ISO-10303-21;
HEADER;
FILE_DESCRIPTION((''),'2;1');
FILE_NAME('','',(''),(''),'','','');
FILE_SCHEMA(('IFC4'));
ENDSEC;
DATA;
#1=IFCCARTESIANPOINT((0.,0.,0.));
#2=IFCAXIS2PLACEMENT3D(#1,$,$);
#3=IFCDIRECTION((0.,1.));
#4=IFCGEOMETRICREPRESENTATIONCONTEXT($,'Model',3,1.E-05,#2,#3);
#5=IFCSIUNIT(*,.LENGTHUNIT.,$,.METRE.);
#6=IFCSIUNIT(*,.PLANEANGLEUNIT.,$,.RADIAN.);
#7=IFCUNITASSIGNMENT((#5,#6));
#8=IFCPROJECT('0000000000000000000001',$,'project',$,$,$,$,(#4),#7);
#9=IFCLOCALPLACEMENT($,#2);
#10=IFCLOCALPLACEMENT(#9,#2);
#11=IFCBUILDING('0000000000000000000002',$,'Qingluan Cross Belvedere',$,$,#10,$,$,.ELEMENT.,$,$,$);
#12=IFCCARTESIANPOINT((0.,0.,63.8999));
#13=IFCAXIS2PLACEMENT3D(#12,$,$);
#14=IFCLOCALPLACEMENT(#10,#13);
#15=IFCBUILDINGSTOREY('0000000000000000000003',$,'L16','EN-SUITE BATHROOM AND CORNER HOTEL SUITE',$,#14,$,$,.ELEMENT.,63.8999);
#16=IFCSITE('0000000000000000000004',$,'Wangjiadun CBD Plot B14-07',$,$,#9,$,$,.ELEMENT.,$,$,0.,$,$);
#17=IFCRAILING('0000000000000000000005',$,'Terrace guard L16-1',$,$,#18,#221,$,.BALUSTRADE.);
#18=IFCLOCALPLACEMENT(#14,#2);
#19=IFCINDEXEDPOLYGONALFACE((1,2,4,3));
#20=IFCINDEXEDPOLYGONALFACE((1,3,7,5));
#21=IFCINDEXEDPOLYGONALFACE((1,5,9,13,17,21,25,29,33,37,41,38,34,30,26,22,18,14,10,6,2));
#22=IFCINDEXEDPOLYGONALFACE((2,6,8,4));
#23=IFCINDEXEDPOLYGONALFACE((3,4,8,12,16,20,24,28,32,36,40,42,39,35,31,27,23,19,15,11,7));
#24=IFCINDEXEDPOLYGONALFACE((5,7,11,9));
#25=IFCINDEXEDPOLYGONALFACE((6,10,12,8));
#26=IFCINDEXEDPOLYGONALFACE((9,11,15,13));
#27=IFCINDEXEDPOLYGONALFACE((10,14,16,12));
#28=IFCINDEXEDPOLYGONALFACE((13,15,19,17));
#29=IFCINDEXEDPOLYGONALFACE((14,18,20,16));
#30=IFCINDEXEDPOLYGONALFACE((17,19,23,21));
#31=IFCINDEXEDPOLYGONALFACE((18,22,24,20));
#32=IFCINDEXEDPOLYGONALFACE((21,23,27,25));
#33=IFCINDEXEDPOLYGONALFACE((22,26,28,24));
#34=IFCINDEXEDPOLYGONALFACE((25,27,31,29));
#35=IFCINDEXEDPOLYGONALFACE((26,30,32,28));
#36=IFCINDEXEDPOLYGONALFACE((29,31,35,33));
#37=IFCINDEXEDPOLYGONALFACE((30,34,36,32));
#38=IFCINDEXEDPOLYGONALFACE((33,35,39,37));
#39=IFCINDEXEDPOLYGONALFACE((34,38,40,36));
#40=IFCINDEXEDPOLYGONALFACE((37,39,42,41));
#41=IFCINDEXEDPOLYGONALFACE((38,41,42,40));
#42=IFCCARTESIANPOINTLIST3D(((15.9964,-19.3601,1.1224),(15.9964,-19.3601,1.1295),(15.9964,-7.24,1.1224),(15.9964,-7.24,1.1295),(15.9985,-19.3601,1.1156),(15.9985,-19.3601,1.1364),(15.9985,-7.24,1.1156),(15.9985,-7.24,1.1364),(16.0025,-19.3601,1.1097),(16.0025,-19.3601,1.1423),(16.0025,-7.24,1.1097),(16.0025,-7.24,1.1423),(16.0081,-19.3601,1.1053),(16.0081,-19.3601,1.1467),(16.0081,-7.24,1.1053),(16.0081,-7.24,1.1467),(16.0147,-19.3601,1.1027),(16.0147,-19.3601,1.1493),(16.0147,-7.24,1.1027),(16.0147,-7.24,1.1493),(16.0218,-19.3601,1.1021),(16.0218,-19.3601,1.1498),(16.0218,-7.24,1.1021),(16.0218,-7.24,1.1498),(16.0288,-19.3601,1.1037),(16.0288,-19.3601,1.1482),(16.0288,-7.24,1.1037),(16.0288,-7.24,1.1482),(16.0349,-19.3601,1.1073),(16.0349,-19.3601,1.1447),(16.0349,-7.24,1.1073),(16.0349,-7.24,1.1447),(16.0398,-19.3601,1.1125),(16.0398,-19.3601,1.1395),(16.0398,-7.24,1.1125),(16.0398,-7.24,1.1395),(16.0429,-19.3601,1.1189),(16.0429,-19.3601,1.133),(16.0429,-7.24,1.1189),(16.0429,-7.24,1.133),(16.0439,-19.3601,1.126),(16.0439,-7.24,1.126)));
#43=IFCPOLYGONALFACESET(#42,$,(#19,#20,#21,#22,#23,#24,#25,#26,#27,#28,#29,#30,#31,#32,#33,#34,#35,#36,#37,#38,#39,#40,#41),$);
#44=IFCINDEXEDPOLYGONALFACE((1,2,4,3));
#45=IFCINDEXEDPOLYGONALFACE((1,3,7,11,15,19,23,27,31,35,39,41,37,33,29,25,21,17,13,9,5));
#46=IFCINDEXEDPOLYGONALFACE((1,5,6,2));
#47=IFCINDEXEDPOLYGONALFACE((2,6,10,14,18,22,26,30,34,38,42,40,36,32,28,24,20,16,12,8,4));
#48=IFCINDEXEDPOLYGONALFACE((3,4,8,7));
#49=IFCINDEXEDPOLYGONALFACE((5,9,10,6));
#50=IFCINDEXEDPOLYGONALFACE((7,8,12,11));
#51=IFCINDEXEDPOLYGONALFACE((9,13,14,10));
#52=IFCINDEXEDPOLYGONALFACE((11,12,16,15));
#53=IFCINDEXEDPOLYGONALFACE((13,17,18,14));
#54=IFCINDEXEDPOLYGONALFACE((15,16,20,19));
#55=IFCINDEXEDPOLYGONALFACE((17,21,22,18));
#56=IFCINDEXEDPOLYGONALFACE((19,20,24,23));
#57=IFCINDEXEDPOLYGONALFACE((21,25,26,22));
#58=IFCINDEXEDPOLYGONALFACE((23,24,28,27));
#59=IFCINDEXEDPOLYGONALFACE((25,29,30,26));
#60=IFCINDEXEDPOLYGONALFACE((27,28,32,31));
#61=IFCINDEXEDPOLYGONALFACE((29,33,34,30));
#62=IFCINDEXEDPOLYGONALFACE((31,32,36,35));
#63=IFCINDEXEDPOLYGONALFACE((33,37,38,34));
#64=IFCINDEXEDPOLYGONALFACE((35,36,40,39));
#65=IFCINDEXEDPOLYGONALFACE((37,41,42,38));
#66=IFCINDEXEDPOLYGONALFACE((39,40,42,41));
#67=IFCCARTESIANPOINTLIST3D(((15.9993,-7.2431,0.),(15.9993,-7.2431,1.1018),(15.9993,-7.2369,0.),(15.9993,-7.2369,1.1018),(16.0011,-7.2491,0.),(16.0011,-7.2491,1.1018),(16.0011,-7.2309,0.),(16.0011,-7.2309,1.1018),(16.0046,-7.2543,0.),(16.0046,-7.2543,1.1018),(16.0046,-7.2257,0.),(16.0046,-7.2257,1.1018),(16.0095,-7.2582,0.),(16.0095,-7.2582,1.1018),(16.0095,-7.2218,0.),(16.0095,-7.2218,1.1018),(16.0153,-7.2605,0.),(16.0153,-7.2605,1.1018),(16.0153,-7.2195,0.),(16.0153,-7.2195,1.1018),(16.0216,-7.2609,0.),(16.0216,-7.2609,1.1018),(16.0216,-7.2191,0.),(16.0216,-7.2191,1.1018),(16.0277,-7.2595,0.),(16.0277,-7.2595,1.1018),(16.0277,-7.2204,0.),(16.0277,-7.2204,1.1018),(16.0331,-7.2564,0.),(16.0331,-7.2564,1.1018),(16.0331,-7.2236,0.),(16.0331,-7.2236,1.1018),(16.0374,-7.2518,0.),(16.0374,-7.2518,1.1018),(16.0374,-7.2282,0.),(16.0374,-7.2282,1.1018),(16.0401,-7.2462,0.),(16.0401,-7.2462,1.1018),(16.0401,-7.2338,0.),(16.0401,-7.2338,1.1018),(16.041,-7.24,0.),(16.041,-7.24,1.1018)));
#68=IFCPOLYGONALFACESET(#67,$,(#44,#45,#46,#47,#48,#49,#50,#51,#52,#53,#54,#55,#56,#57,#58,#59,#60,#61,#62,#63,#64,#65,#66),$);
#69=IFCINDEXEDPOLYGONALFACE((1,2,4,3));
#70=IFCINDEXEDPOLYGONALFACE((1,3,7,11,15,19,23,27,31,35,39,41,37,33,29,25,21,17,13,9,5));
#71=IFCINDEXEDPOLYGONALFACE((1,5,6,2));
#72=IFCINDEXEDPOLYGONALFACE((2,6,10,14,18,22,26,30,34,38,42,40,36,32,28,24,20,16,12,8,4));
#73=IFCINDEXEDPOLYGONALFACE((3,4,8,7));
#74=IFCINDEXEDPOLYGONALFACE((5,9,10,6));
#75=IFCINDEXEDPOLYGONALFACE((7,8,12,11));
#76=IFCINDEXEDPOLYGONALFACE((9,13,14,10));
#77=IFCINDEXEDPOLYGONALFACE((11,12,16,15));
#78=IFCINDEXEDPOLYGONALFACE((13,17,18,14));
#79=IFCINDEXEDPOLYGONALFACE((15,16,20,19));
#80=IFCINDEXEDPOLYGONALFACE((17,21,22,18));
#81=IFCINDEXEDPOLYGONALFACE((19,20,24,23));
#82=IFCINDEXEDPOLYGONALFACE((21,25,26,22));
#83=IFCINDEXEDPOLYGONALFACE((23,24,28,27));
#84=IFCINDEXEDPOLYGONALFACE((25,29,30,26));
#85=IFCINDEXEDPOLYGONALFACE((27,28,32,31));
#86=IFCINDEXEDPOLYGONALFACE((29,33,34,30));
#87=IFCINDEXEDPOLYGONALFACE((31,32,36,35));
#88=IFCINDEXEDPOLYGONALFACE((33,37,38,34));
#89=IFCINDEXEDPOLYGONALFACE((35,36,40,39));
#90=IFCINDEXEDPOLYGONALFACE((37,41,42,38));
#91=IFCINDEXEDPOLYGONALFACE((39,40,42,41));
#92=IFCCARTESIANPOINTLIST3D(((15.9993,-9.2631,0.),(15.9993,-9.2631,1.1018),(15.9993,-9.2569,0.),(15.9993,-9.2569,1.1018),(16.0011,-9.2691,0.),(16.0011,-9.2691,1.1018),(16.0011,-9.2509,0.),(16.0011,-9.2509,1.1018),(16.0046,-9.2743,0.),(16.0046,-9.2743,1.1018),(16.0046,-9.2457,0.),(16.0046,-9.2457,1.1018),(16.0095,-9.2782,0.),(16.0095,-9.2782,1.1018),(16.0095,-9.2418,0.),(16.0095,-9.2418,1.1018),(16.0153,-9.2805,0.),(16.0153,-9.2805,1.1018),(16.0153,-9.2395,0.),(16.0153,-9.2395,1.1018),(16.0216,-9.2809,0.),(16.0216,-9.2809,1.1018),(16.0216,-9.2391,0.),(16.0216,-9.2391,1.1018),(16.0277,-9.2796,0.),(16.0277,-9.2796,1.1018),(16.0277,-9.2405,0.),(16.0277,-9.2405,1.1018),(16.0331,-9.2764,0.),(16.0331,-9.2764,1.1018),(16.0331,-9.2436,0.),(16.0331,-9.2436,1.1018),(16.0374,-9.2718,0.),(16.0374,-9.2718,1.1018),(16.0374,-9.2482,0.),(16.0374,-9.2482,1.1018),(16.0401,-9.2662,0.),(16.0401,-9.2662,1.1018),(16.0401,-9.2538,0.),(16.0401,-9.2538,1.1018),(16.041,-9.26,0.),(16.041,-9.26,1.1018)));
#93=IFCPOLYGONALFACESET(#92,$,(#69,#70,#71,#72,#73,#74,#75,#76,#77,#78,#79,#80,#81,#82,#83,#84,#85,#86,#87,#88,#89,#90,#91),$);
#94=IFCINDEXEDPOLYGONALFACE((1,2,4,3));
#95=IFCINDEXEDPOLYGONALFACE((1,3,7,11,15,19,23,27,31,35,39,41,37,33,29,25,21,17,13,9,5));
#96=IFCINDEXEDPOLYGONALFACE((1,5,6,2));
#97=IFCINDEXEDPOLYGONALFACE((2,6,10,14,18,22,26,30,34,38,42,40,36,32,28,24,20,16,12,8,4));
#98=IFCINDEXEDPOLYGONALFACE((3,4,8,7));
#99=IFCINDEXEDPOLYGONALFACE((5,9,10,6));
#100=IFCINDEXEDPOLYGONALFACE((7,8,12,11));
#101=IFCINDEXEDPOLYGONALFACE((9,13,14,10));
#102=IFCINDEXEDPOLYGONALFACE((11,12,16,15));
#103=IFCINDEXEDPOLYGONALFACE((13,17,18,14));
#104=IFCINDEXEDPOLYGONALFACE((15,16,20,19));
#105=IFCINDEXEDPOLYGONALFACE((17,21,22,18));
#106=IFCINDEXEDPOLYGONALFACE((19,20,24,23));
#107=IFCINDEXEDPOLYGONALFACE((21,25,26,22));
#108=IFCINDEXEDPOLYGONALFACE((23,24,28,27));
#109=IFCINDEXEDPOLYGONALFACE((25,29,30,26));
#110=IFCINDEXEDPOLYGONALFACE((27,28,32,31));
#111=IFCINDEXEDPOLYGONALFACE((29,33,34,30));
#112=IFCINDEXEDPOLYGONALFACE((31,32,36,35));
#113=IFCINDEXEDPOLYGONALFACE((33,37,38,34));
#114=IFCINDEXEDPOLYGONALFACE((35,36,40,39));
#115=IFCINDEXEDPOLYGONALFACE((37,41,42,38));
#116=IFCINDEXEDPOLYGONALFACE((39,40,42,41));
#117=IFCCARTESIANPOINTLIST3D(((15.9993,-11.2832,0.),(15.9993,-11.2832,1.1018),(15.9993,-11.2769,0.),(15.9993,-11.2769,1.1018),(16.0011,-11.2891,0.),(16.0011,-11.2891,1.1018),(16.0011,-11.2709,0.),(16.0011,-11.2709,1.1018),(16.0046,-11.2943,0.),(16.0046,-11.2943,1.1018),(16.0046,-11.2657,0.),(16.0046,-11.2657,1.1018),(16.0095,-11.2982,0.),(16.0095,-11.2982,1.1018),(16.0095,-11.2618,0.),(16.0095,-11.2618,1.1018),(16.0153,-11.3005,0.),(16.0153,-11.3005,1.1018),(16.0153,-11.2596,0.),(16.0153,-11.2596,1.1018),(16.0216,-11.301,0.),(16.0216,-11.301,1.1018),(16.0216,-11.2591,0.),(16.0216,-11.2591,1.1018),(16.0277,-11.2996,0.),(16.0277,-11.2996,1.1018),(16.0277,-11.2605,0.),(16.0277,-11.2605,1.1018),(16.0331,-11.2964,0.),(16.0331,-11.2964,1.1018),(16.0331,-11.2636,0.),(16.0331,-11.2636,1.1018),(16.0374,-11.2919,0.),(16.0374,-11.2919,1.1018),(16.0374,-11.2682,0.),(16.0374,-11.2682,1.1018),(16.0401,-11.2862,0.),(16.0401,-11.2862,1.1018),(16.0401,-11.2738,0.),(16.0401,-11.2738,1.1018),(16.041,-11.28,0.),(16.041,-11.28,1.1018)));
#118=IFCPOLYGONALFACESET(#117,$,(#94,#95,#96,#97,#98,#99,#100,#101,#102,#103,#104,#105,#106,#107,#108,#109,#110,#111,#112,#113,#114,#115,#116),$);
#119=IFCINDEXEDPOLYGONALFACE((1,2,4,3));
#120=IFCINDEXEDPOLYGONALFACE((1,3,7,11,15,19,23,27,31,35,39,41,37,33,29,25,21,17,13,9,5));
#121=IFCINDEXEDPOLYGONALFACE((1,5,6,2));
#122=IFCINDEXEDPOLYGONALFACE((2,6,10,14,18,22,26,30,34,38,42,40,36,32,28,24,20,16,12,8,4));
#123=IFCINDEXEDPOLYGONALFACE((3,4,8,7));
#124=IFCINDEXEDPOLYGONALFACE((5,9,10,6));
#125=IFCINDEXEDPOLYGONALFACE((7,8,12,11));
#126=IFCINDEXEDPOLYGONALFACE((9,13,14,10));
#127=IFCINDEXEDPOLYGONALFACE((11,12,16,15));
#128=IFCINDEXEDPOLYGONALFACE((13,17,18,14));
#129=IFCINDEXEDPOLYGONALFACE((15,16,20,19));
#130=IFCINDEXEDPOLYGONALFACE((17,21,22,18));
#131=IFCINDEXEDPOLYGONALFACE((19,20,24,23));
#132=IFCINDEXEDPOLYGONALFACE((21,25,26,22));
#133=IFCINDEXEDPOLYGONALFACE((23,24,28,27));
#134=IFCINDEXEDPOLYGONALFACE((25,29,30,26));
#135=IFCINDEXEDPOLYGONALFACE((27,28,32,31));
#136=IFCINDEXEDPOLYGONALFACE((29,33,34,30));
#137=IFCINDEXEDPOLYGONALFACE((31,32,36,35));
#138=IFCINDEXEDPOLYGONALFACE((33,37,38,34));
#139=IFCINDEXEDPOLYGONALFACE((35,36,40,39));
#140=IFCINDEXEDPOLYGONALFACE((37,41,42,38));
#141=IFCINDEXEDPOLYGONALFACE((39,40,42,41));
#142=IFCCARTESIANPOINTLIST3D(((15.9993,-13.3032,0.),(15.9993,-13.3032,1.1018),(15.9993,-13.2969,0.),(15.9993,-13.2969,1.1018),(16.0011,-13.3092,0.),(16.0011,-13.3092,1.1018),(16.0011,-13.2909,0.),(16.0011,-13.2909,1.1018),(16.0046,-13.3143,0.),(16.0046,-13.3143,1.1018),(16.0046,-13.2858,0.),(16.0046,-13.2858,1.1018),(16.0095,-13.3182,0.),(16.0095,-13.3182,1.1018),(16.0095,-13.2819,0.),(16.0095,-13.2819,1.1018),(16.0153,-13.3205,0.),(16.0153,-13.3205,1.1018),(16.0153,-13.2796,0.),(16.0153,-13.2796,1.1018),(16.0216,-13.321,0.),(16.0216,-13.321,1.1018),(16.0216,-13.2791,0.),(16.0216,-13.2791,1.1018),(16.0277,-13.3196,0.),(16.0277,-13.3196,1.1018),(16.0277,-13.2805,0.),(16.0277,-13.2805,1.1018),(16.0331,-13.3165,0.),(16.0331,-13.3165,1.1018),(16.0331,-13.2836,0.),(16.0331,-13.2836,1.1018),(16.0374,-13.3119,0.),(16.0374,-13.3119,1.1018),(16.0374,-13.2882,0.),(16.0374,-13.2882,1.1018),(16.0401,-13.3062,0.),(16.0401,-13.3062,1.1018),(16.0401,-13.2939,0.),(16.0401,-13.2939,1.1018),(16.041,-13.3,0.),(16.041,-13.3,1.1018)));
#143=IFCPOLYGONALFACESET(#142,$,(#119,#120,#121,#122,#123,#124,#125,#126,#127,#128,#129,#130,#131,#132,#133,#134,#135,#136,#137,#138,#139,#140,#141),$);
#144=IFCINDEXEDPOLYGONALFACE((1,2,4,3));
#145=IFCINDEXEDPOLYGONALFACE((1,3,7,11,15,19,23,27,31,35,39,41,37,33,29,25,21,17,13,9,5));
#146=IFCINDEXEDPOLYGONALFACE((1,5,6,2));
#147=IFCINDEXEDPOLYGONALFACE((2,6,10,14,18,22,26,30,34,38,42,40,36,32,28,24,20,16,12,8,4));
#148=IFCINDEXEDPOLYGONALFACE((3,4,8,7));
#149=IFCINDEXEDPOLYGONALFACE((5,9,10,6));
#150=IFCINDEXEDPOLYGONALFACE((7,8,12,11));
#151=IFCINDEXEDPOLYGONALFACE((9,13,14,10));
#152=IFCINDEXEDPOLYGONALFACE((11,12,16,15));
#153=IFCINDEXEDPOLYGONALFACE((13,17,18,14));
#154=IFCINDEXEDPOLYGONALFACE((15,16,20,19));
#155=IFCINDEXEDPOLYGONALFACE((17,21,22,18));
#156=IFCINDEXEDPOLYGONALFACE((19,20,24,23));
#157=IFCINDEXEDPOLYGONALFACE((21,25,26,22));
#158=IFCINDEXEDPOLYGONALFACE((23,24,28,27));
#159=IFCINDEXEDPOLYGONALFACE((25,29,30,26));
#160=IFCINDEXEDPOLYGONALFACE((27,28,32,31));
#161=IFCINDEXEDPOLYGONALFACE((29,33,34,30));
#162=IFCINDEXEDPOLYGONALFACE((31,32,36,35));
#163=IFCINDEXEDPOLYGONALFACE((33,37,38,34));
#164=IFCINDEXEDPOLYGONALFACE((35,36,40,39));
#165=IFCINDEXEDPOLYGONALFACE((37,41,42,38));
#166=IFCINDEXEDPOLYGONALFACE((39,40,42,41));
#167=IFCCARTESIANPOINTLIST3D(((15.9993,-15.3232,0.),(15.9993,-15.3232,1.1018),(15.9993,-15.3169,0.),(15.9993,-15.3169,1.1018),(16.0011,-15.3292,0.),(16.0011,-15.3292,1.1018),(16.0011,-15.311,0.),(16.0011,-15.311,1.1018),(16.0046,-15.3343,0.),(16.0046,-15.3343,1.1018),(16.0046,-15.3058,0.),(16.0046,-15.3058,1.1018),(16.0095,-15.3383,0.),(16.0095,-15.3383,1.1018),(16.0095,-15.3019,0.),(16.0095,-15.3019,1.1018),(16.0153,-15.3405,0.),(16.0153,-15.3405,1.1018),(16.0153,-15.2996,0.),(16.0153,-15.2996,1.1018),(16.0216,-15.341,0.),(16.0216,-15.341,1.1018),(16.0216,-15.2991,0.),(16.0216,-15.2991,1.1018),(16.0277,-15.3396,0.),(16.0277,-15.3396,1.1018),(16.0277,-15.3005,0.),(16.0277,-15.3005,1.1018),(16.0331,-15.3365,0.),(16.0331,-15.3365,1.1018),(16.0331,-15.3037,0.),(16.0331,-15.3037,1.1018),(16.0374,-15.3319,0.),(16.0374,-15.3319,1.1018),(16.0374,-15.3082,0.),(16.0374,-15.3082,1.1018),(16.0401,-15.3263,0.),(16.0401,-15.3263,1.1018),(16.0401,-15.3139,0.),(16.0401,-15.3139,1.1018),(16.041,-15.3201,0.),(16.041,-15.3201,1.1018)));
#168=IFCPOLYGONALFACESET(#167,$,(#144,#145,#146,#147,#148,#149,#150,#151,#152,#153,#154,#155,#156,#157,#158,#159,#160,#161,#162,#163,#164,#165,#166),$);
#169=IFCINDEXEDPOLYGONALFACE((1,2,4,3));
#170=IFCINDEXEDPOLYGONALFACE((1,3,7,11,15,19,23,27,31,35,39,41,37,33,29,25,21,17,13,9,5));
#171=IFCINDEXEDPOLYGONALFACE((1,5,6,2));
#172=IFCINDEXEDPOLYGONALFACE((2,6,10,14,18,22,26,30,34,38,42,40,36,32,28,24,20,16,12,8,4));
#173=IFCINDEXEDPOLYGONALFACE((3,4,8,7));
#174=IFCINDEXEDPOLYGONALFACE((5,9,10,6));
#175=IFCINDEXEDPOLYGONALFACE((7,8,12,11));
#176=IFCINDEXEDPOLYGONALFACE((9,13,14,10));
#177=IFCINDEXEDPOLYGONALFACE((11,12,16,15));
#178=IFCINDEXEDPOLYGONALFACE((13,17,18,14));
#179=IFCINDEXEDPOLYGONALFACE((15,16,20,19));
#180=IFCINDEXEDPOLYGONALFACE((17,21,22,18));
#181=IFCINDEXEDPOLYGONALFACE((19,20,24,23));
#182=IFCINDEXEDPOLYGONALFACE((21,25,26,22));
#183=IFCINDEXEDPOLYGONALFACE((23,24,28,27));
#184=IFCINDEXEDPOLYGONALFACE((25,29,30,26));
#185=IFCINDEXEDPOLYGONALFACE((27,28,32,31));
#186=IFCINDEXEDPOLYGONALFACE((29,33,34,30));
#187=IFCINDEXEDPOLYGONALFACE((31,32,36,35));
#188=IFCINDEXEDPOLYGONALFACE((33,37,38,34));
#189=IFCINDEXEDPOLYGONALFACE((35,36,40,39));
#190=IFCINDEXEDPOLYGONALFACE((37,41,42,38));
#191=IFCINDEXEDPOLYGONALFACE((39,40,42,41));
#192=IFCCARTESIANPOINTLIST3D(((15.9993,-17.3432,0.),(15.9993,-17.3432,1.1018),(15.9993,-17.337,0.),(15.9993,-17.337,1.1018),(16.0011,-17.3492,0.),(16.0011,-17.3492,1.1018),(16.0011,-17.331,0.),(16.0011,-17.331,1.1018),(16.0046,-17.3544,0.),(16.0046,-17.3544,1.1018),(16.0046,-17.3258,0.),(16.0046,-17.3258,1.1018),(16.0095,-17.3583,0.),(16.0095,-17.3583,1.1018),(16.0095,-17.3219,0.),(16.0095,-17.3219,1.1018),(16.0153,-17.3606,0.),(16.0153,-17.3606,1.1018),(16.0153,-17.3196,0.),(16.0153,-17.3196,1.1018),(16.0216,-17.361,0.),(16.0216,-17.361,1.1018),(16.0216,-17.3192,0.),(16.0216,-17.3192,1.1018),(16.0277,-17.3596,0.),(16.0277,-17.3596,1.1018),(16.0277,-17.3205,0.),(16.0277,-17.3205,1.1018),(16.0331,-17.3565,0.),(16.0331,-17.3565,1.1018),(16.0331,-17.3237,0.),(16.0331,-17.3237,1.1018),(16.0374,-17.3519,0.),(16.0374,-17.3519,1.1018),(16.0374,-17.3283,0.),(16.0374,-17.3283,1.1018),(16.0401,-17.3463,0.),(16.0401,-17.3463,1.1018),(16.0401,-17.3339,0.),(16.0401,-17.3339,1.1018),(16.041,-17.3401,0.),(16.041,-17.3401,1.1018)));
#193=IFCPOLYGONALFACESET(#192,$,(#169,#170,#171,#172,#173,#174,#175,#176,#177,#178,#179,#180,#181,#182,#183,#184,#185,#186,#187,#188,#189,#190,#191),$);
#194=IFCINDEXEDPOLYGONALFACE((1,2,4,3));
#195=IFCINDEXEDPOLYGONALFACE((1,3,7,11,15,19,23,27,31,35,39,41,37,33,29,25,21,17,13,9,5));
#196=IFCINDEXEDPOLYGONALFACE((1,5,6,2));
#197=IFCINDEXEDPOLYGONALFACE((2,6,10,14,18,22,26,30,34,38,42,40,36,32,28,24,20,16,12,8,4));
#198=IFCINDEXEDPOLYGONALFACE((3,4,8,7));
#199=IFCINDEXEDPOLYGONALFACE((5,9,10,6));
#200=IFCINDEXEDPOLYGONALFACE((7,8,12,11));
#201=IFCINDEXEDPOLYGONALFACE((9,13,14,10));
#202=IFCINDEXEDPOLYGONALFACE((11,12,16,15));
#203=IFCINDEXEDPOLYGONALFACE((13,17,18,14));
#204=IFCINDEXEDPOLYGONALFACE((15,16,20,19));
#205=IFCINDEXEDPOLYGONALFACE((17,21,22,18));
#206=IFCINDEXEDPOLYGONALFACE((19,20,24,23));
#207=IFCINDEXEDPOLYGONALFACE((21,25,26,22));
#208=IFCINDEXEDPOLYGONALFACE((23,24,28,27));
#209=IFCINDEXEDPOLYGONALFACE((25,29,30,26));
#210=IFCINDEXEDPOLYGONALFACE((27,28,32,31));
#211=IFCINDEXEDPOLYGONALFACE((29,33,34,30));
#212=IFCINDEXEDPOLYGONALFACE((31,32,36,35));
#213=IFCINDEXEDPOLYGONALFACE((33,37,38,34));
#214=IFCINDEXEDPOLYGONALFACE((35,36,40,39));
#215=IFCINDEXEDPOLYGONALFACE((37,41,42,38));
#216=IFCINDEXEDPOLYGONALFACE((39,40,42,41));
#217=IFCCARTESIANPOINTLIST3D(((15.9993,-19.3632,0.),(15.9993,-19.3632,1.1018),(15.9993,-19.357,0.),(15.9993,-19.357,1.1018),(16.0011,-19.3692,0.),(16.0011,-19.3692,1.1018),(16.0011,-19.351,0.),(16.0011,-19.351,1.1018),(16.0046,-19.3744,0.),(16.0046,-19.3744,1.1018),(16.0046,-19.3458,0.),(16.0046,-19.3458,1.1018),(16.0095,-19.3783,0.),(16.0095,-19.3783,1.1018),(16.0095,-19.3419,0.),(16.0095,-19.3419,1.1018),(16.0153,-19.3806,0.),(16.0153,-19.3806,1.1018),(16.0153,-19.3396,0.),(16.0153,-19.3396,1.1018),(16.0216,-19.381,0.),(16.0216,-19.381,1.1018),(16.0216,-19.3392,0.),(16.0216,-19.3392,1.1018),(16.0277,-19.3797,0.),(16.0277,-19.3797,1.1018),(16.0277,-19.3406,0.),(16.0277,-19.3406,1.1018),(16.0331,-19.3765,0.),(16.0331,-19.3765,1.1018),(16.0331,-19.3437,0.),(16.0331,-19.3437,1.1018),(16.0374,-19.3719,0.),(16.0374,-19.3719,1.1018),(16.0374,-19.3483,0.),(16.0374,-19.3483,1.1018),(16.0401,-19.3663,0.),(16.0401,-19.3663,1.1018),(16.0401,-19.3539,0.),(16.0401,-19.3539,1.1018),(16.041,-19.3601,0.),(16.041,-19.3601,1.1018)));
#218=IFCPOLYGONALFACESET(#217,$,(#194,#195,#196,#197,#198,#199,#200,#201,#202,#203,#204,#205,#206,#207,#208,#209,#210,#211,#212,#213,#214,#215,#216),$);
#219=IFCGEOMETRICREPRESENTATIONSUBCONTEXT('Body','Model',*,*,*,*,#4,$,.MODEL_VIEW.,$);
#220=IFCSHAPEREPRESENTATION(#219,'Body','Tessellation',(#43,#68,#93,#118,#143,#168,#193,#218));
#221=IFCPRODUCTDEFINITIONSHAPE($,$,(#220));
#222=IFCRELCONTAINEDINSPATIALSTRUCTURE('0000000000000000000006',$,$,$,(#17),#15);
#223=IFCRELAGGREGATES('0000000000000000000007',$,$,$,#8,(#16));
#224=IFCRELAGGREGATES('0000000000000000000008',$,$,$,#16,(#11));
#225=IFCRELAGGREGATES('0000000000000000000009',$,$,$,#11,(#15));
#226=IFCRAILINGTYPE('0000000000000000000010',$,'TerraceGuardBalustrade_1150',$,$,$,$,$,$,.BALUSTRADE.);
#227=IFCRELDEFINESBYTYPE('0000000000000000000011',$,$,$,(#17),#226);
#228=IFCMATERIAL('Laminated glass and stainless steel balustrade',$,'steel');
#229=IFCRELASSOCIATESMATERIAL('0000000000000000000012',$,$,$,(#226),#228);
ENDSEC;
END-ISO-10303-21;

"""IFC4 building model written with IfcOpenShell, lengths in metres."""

from ifc_helpers import new_model, si_unit, direction, frame, origin, origin_2d, place, context, subcontext, project, spatial, circle, extrude, material, type_object, element, save


model = new_model("IFC4")

# Units and contexts
model_context = context("Model", 3, precision=1e-05, world=origin(), true_north=direction((0.0, 1.0)))
body_context = subcontext(model_context, "Body", "Model", "MODEL_VIEW")
ifc_project = project(units=[si_unit("LENGTHUNIT", "METRE"), si_unit("PLANEANGLEUNIT", "RADIAN")], contexts=[model_context])

# Site, building, storey
site_placement = place(None, origin())
site = spatial("IfcSite", under=ifc_project, at=site_placement, Name="Wangjiadun CBD Plot B14-07", CompositionType="ELEMENT", RefElevation=0.0)
building_placement = place(site_placement, origin())
building = spatial("IfcBuilding", under=site, at=building_placement, Name="Qingluan Cross Belvedere", CompositionType="ELEMENT")
storey_placement = place(building_placement, frame((0.0, 0.0, 63.8999)))
storey = spatial("IfcBuildingStorey", under=building, at=storey_placement, Name="L16", Description="EN-SUITE BATHROOM AND CORNER HOTEL SUITE", CompositionType="ELEMENT", Elevation=63.8999)

# Railing
ifc_material_1 = material(Name="Laminated glass and stainless steel balustrade", Category="steel")
railing_type = type_object("IfcRailingType", Name="TerraceGuardBalustrade_1150", PredefinedType="BALUSTRADE", material=ifc_material_1)
railing_1_placement = place(storey_placement, frame((16.02, -7.24, 0.0)))
element("IfcRailing", 1, at=railing_1_placement, inside=storey, type_object=railing_type, Name="Terrace guard L16-1", PredefinedType="BALUSTRADE", context=body_context, shape_type="SweptSolid", body=[
    extrude(circle(Radius=0.0239, at=origin_2d()), frame((0.0, 0.0, 1.126), z_axis=(0.0, -1.0, 0.0), x_axis=(1.0, 0.0, 0.0)), (0.0, 0.0, 1.0), 12.1201),
    extrude(circle(Radius=0.021, at=origin_2d()), origin(), (0.0, 0.0, 1.0), 1.1018),
    extrude(circle(Radius=0.021, at=origin_2d()), frame((0.0, -2.02, 0.0)), (0.0, 0.0, 1.0), 1.1018),
    extrude(circle(Radius=0.021, at=origin_2d()), frame((0.0, -4.04, 0.0)), (0.0, 0.0, 1.0), 1.1018),
    extrude(circle(Radius=0.021, at=origin_2d()), frame((0.0, -6.0601, 0.0)), (0.0, 0.0, 1.0), 1.1018),
    extrude(circle(Radius=0.021, at=origin_2d()), frame((0.0, -8.0801, 0.0)), (0.0, 0.0, 1.0), 1.1018),
    extrude(circle(Radius=0.021, at=origin_2d()), frame((0.0, -10.1001, 0.0)), (0.0, 0.0, 1.0), 1.1018),
    extrude(circle(Radius=0.021, at=origin_2d()), frame((0.0, -12.1201, 0.0)), (0.0, 0.0, 1.0), 1.1018),
])

save(model, "model.ifc")
